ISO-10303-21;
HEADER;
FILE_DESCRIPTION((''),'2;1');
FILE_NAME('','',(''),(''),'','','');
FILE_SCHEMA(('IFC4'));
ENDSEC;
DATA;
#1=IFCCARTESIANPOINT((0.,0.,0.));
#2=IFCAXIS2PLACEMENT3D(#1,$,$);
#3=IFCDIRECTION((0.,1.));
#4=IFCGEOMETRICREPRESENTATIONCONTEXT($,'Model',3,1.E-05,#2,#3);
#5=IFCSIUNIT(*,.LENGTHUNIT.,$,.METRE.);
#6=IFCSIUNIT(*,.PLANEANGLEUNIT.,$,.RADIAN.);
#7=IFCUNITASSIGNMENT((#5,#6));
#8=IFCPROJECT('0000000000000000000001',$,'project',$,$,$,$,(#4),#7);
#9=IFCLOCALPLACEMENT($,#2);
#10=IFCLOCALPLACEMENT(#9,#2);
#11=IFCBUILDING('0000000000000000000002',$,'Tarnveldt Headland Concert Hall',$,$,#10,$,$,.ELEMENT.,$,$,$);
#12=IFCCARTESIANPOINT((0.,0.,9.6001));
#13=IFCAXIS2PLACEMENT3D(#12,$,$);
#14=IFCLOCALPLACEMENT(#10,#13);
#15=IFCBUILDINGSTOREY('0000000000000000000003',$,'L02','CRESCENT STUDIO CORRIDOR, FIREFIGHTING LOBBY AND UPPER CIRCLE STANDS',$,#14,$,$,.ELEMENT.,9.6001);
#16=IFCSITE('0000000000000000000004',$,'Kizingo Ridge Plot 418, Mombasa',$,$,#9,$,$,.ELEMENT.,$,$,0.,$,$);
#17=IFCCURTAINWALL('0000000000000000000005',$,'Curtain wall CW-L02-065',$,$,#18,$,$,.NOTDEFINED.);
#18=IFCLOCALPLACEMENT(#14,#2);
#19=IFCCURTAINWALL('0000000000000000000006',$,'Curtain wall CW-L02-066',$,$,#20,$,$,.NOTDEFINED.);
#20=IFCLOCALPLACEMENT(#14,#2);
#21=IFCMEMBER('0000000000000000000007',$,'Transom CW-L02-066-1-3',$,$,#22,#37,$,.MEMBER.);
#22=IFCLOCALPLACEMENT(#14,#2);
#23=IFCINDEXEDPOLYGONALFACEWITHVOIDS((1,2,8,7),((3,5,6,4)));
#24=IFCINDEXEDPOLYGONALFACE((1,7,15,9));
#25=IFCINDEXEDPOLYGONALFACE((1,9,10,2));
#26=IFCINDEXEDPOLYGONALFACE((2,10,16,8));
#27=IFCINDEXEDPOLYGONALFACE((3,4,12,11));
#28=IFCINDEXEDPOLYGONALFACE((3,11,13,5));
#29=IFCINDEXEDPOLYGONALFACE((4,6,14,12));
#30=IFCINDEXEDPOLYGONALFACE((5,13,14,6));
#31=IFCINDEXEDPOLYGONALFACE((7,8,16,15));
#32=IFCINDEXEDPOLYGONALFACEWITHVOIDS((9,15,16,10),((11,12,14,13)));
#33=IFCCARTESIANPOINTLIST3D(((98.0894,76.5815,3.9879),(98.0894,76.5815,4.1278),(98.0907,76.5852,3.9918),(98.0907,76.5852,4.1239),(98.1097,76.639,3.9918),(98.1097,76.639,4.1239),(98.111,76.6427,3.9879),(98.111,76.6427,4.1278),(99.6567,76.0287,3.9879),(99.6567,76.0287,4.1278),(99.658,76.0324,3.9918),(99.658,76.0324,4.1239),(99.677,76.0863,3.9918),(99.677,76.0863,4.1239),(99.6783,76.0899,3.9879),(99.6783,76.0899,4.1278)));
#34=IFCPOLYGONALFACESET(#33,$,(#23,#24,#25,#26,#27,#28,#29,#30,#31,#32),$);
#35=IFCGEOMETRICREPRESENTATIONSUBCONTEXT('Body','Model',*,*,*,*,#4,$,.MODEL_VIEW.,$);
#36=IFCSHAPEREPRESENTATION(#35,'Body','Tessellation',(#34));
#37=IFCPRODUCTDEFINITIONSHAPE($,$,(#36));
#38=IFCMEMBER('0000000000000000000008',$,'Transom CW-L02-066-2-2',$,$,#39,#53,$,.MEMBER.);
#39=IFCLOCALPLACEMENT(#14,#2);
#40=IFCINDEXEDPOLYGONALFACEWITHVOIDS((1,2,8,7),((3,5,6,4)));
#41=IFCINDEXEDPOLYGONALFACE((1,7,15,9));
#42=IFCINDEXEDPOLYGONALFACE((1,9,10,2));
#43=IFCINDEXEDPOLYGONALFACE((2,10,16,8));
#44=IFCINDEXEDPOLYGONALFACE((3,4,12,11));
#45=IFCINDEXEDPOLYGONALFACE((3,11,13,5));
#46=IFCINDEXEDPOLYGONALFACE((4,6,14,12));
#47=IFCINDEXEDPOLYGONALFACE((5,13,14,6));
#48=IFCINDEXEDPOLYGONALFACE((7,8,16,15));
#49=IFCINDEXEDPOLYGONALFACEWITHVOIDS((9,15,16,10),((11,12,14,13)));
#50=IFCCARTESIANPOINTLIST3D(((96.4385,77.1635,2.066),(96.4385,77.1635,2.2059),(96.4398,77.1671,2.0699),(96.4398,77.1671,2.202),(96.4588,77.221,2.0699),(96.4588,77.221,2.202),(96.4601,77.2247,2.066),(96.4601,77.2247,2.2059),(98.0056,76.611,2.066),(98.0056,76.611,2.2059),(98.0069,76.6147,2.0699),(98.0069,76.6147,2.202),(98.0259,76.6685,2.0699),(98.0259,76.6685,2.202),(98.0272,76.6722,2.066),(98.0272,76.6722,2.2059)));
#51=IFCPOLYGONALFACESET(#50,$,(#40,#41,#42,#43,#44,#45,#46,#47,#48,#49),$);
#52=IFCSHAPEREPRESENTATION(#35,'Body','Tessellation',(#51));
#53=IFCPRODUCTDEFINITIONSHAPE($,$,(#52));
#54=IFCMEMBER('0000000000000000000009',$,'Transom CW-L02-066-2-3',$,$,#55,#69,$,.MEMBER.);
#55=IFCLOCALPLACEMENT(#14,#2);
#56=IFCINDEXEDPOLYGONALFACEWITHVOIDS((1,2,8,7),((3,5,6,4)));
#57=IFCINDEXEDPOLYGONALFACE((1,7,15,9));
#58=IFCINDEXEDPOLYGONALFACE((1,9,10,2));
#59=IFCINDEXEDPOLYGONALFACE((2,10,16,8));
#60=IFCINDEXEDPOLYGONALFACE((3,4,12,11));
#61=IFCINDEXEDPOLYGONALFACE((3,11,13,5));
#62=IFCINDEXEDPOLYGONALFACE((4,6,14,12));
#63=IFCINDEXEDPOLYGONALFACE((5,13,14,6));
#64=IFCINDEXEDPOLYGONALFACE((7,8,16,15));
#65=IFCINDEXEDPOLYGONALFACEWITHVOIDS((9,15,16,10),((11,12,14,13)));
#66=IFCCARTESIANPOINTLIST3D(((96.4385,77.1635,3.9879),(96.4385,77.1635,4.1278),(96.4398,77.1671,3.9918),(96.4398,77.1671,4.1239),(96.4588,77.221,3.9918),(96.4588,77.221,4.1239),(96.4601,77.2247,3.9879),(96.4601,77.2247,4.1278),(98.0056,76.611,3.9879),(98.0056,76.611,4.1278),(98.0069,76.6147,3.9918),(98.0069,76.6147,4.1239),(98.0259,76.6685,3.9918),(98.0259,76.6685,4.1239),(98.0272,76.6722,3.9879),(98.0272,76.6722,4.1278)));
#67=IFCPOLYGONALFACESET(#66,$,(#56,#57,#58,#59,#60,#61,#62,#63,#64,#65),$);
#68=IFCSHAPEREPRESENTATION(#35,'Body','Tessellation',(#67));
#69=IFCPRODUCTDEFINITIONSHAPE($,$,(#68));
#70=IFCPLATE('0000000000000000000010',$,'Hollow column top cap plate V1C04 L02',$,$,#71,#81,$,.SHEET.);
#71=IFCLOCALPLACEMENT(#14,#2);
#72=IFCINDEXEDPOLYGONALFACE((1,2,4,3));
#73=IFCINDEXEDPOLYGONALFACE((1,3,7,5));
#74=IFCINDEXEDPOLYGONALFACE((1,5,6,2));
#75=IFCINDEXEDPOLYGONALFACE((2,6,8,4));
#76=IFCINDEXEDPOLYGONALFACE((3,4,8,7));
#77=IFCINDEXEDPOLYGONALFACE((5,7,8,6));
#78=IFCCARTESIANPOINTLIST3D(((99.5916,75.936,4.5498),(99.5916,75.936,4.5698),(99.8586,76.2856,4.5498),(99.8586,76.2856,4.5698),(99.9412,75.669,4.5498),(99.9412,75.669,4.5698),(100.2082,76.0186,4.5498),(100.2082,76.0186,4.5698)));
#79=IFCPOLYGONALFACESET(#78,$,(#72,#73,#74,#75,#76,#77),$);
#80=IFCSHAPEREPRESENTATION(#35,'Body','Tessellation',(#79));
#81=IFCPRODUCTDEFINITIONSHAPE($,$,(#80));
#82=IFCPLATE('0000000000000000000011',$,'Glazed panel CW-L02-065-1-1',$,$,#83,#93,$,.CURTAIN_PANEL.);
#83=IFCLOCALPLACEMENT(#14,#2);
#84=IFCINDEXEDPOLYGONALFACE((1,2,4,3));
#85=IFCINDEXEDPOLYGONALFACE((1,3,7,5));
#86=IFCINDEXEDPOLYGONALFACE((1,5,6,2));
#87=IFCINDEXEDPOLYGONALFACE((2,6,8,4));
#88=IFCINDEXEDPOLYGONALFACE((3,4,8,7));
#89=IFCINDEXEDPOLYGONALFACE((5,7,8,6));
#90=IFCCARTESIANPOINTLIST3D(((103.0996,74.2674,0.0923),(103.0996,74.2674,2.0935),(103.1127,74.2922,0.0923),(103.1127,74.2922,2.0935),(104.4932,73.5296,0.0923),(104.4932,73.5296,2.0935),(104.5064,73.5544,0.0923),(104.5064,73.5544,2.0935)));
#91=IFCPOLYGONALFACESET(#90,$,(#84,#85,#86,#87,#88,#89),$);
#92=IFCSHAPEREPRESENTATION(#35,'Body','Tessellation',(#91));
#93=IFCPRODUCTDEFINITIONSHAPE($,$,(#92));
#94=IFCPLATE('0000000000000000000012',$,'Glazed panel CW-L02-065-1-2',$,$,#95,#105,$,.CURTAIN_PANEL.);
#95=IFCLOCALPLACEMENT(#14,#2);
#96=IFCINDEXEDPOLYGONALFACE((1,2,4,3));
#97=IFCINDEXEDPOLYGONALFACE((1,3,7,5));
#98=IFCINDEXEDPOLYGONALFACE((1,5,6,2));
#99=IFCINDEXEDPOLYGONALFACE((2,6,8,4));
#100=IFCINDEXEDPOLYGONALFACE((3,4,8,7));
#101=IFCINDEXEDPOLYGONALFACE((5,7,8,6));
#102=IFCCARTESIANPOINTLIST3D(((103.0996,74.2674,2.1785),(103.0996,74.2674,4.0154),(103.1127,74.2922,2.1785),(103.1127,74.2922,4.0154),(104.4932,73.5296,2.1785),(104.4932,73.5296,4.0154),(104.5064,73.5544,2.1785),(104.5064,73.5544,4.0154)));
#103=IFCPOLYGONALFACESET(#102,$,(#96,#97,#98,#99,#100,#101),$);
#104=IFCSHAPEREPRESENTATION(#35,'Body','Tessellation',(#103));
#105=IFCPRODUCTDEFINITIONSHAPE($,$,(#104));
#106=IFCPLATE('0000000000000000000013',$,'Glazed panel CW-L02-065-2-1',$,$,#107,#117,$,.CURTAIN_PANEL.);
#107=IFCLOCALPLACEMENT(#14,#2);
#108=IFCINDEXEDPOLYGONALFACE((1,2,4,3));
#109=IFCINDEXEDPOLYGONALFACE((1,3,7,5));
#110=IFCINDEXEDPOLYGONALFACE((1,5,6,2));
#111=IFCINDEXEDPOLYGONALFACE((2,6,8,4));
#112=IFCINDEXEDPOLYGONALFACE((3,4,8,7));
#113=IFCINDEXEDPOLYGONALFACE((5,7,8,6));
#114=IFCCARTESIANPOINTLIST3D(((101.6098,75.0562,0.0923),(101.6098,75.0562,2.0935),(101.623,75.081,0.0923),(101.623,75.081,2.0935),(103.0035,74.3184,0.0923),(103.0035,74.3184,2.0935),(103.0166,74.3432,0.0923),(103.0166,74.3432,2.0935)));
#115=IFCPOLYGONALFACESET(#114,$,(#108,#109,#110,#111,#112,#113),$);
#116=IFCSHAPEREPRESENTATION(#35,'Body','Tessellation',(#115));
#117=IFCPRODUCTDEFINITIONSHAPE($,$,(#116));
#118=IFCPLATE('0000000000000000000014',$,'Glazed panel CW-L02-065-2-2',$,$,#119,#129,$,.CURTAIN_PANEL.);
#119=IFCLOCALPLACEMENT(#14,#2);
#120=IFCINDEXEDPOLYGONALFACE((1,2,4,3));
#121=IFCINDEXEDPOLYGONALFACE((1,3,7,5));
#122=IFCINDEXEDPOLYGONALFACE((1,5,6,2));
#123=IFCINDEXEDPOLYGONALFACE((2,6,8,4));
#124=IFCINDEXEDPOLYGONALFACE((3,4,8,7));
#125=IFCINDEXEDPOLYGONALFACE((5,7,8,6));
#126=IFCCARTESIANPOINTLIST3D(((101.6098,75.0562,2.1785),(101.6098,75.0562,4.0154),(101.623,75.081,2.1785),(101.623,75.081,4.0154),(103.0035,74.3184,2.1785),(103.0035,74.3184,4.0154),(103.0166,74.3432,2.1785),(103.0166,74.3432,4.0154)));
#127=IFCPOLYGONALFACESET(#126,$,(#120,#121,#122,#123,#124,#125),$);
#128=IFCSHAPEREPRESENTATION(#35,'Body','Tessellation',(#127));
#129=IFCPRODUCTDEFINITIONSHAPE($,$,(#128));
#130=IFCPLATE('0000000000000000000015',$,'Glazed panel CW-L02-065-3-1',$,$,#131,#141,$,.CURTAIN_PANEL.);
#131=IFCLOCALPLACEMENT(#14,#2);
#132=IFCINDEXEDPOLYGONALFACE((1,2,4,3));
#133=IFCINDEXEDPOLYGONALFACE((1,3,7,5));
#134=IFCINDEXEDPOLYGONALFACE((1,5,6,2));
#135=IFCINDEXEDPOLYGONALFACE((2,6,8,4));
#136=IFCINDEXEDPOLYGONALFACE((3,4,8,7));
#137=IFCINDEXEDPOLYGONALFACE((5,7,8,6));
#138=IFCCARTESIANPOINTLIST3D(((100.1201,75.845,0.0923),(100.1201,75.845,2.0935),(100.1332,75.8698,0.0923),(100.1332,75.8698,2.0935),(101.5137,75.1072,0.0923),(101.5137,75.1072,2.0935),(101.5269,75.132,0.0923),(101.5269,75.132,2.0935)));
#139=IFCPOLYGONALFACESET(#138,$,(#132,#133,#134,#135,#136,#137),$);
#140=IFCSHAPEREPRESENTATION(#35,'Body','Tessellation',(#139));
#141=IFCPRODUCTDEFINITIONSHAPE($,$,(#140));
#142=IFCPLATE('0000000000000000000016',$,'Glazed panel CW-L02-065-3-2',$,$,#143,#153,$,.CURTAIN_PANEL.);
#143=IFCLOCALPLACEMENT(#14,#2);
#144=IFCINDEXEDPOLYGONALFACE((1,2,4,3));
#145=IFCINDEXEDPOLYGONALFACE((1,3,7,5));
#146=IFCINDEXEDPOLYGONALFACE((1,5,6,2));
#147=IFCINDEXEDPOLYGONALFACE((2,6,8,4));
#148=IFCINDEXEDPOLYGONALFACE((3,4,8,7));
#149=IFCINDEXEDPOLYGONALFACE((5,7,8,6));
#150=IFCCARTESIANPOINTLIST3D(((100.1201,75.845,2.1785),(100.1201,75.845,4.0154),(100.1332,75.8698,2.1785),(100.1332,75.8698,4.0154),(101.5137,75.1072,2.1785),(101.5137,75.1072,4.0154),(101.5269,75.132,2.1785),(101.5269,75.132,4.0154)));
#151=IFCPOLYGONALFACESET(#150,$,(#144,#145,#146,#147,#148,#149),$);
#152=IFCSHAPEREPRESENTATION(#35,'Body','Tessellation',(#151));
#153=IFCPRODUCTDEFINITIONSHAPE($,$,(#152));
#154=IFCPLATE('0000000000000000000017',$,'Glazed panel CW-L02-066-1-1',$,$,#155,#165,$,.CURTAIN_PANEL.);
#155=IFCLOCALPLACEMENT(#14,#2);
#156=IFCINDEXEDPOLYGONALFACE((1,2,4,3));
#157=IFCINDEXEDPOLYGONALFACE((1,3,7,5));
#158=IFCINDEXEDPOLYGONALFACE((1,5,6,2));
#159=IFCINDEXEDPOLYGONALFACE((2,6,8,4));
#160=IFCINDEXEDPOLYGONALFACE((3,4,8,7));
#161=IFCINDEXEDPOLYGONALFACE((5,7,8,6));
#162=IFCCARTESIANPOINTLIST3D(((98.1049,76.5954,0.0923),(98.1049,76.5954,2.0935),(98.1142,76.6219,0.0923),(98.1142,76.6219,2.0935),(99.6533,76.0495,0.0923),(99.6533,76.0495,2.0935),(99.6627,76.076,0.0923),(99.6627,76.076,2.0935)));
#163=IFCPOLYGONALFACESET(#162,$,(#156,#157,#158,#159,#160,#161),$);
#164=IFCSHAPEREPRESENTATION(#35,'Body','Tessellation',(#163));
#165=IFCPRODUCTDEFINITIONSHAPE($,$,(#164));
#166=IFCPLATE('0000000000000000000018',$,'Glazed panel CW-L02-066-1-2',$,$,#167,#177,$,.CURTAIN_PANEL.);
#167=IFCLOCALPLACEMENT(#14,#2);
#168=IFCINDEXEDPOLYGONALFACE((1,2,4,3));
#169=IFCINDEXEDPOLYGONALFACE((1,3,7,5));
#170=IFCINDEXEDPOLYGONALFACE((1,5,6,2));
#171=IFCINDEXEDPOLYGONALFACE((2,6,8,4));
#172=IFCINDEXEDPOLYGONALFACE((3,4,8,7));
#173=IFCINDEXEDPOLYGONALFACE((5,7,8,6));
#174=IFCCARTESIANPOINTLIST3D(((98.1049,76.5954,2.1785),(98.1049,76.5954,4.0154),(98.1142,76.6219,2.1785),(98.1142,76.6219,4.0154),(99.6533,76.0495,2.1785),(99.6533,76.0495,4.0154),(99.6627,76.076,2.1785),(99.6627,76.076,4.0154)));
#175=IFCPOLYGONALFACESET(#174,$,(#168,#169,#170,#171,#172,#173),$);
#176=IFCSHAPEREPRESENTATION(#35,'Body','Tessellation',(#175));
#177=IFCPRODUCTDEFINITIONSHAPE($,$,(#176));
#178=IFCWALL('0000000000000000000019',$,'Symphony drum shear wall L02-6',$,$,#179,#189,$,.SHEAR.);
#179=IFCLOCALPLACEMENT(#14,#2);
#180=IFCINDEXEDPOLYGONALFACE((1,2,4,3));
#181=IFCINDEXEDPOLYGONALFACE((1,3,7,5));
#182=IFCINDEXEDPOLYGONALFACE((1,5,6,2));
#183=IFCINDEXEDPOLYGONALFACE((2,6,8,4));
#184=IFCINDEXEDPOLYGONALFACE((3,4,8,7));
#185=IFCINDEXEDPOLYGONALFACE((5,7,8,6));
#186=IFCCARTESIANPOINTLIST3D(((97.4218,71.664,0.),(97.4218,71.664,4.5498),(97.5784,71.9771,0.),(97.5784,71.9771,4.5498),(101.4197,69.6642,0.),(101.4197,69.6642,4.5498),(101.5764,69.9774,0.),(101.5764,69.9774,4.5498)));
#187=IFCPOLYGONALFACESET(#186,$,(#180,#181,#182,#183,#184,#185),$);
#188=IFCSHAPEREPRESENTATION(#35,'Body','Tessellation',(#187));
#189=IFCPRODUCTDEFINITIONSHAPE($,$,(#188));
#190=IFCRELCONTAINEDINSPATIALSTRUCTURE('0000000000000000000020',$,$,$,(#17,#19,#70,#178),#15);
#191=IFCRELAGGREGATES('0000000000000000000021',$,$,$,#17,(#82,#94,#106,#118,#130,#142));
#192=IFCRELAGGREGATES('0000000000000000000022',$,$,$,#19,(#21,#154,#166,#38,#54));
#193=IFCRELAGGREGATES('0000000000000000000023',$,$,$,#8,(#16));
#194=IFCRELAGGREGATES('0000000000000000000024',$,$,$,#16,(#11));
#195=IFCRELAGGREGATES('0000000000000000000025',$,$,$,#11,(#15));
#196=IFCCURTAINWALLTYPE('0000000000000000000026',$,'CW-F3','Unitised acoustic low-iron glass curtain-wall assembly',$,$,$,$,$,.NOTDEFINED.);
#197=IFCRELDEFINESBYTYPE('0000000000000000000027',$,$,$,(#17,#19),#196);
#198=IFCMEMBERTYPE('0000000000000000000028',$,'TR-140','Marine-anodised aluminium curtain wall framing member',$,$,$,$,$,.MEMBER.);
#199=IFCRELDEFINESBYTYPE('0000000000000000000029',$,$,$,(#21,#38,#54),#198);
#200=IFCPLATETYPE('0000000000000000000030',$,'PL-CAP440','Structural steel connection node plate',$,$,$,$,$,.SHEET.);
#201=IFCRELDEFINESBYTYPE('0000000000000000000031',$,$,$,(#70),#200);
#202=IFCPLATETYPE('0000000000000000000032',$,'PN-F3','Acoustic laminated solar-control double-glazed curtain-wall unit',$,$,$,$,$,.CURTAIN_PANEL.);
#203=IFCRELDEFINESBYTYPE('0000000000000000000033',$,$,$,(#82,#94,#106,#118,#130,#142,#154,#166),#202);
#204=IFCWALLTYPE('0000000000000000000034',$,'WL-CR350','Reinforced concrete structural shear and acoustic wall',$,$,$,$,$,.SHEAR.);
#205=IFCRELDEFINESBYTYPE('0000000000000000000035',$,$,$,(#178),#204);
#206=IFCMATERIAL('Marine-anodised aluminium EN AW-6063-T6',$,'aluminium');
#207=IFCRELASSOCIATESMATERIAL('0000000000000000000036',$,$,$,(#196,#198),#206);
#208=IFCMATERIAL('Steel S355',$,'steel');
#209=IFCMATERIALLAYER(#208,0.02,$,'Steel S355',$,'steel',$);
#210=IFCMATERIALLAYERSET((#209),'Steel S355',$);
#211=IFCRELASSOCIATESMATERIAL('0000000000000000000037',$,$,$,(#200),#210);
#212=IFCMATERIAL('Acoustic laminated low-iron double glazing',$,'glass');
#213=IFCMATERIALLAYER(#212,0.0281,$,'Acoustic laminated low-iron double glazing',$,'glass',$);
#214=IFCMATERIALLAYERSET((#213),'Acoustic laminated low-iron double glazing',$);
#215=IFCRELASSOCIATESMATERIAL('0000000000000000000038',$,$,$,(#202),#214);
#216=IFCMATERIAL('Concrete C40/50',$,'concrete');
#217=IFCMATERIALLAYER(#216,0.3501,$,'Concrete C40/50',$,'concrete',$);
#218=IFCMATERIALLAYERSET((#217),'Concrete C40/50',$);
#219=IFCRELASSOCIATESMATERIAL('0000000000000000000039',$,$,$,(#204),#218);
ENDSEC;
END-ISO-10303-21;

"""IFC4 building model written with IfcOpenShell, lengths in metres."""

from ifc_helpers import new_model, si_unit, direction, frame, frame_2d, origin, origin_2d, place, context, subcontext, project, spatial, rectangle, hollow_rectangle, extrude, material, layer, layer_set, material_profile, profile_set, type_object, element, aggregate, save


model = new_model("IFC4")

# Units and contexts
model_context = context("Model", 3, precision=1e-05, world=origin(), true_north=direction((0.0, 1.0)))
body_context = subcontext(model_context, "Body", "Model", "MODEL_VIEW")
ifc_project = project(units=[si_unit("LENGTHUNIT", "METRE"), si_unit("PLANEANGLEUNIT", "RADIAN")], contexts=[model_context])

# Site, building, storey
site_placement = place(None, origin())
site = spatial("IfcSite", under=ifc_project, at=site_placement, Name="Kizingo Ridge Plot 418, Mombasa", CompositionType="ELEMENT", RefElevation=0.0)
building_placement = place(site_placement, origin())
building = spatial("IfcBuilding", under=site, at=building_placement, Name="Tarnveldt Headland Concert Hall", CompositionType="ELEMENT")
storey_placement = place(building_placement, frame((0.0, 0.0, 9.6001)))
storey = spatial("IfcBuildingStorey", under=building, at=storey_placement, Name="L02", Description="CRESCENT STUDIO CORRIDOR, FIREFIGHTING LOBBY AND UPPER CIRCLE STANDS", CompositionType="ELEMENT", Elevation=9.6001)

# Shared definitions
ifc_material_1 = material(Name="Steel S355", Category="steel")

# Curtain walls
ifc_material_2 = material(Name="Marine-anodised aluminium EN AW-6063-T6", Category="aluminium")
curtain_wall_type = type_object("IfcCurtainWallType", Name="CW-F3", Description="Unitised acoustic low-iron glass curtain-wall assembly", PredefinedType="NOTDEFINED", material=ifc_material_2)
curtain_wall_1_placement = place(storey_placement, origin())
curtain_wall_1 = element("IfcCurtainWall", 1, at=curtain_wall_1_placement, inside=storey, type_object=curtain_wall_type, Name="Curtain wall CW-L02-065", PredefinedType="NOTDEFINED")
curtain_wall_2_placement = place(storey_placement, origin())
curtain_wall_2 = element("IfcCurtainWall", 2, at=curtain_wall_2_placement, inside=storey, type_object=curtain_wall_type, Name="Curtain wall CW-L02-066", PredefinedType="NOTDEFINED")

# Members
ifc_material_profile_1 = material_profile(ifc_material_2, hollow_rectangle(XDim=0.0649, YDim=0.1399, WallThickness=0.0039, at=origin_2d()), Name="ALU TRANSOM 65x140x4", Category="aluminium")
ifc_profile_set_1 = profile_set([ifc_material_profile_1], Name="Marine-anodised aluminium EN AW-6063-T6")
member_type_1 = type_object("IfcMemberType", Name="TR-140", Description="Marine-anodised aluminium curtain wall framing member", PredefinedType="MEMBER", material=ifc_profile_set_1)
member_1_placement = place(storey_placement, frame((99.6675, 76.0593, 4.0579), z_axis=(-0.943061, 0.33262, 0.0), x_axis=(-0.33262, -0.943061, 0.0)))
member_1 = element("IfcMember", 3, at=member_1_placement, type_object=member_type_1, Name="Transom CW-L02-066-1-3", PredefinedType="MEMBER", context=body_context, shape_type="SweptSolid", body=[
    extrude(hollow_rectangle(XDim=0.0649, YDim=0.1399, WallThickness=0.0039, at=origin_2d()), origin(), (0.0, 0.0, 1.0), 1.6619),
])
member_2_placement = place(storey_placement, frame((98.0164, 76.6416, 2.136), z_axis=(-0.943107, 0.33249, 0.0), x_axis=(-0.33249, -0.943107, 0.0)))
member_2 = element("IfcMember", 4, at=member_2_placement, type_object=member_type_1, Name="Transom CW-L02-066-2-2", PredefinedType="MEMBER", context=body_context, shape_type="SweptSolid", body=[
    extrude(hollow_rectangle(XDim=0.0649, YDim=0.1399, WallThickness=0.0039, at=origin_2d()), origin(), (0.0, 0.0, 1.0), 1.6616),
])
member_3_placement = place(storey_placement, frame((98.0164, 76.6416, 4.0579), z_axis=(-0.943107, 0.33249, 0.0), x_axis=(-0.33249, -0.943107, 0.0)))
member_3 = element("IfcMember", 5, at=member_3_placement, type_object=member_type_1, Name="Transom CW-L02-066-2-3", PredefinedType="MEMBER", context=body_context, shape_type="SweptSolid", body=[
    extrude(hollow_rectangle(XDim=0.0649, YDim=0.1399, WallThickness=0.0039, at=origin_2d()), origin(), (0.0, 0.0, 1.0), 1.6616),
])

# Plates
ifc_layer_1 = layer(ifc_material_1, 0.02, Name="Steel S355", Category="steel")
ifc_layer_set_1 = layer_set([ifc_layer_1], Name="Steel S355")
plate_type_1 = type_object("IfcPlateType", Name="PL-CAP440", Description="Structural steel connection node plate", PredefinedType="SHEET", material=ifc_layer_set_1)
plate_1_placement = place(storey_placement, frame((99.8999, 75.9773, 4.5498), z_axis=(0.0, 0.0, 1.0), x_axis=(0.60696, 0.794733, 0.0)))
element("IfcPlate", 6, at=plate_1_placement, inside=storey, type_object=plate_type_1, Name="Hollow column top cap plate V1C04 L02", PredefinedType="SHEET", context=body_context, shape_type="SweptSolid", body=[
    extrude(rectangle(XDim=0.4399, YDim=0.4399, at=origin_2d()), origin(), (0.0, 0.0, 1.0), 0.02),
])
ifc_material_3 = material(Name="Acoustic laminated low-iron double glazing", Category="glass")
ifc_layer_2 = layer(ifc_material_3, 0.0281, Name="Acoustic laminated low-iron double glazing", Category="glass")
ifc_layer_set_2 = layer_set([ifc_layer_2], Name="Acoustic laminated low-iron double glazing")
plate_type_2 = type_object("IfcPlateType", Name="PN-F3", Description="Acoustic laminated solar-control double-glazed curtain-wall unit", PredefinedType="CURTAIN_PANEL", material=ifc_layer_set_2)
plate_2_placement = place(storey_placement, frame((103.803, 73.9109, 0.0923), z_axis=(0.0, 0.0, 1.0), x_axis=(-0.883782, 0.467899, 0.0)))
plate_2 = element("IfcPlate", 7, at=plate_2_placement, type_object=plate_type_2, Name="Glazed panel CW-L02-065-1-1", PredefinedType="CURTAIN_PANEL", context=body_context, shape_type="SweptSolid", body=[
    extrude(rectangle(XDim=1.5769, YDim=0.0281, at=origin_2d()), origin(), (0.0, 0.0, 1.0), 2.0012),
])
plate_3_placement = place(storey_placement, frame((103.803, 73.9109, 2.1785), z_axis=(0.0, 0.0, 1.0), x_axis=(-0.883782, 0.467899, 0.0)))
plate_3 = element("IfcPlate", 8, at=plate_3_placement, type_object=plate_type_2, Name="Glazed panel CW-L02-065-1-2", PredefinedType="CURTAIN_PANEL", context=body_context, shape_type="SweptSolid", body=[
    extrude(rectangle(XDim=1.5769, YDim=0.0281, at=origin_2d()), origin(), (0.0, 0.0, 1.0), 1.8369),
])
plate_4_placement = place(storey_placement, frame((102.3132, 74.6997, 0.0923), z_axis=(0.0, 0.0, 1.0), x_axis=(-0.883782, 0.467899, 0.0)))
plate_4 = element("IfcPlate", 9, at=plate_4_placement, type_object=plate_type_2, Name="Glazed panel CW-L02-065-2-1", PredefinedType="CURTAIN_PANEL", context=body_context, shape_type="SweptSolid", body=[
    extrude(rectangle(XDim=1.5769, YDim=0.0281, at=origin_2d()), origin(), (0.0, 0.0, 1.0), 2.0012),
])
plate_5_placement = place(storey_placement, frame((102.3132, 74.6997, 2.1785), z_axis=(0.0, 0.0, 1.0), x_axis=(-0.883782, 0.467899, 0.0)))
plate_5 = element("IfcPlate", 10, at=plate_5_placement, type_object=plate_type_2, Name="Glazed panel CW-L02-065-2-2", PredefinedType="CURTAIN_PANEL", context=body_context, shape_type="SweptSolid", body=[
    extrude(rectangle(XDim=1.5769, YDim=0.0281, at=origin_2d()), origin(), (0.0, 0.0, 1.0), 1.8369),
])
plate_6_placement = place(storey_placement, frame((100.8235, 75.4885, 0.0923), z_axis=(0.0, 0.0, 1.0), x_axis=(-0.883782, 0.467899, 0.0)))
plate_6 = element("IfcPlate", 11, at=plate_6_placement, type_object=plate_type_2, Name="Glazed panel CW-L02-065-3-1", PredefinedType="CURTAIN_PANEL", context=body_context, shape_type="SweptSolid", body=[
    extrude(rectangle(XDim=1.5769, YDim=0.0281, at=origin_2d()), origin(), (0.0, 0.0, 1.0), 2.0012),
])
plate_7_placement = place(storey_placement, frame((100.8235, 75.4885, 2.1785), z_axis=(0.0, 0.0, 1.0), x_axis=(-0.883782, 0.467899, 0.0)))
plate_7 = element("IfcPlate", 12, at=plate_7_placement, type_object=plate_type_2, Name="Glazed panel CW-L02-065-3-2", PredefinedType="CURTAIN_PANEL", context=body_context, shape_type="SweptSolid", body=[
    extrude(rectangle(XDim=1.5769, YDim=0.0281, at=origin_2d()), origin(), (0.0, 0.0, 1.0), 1.8369),
])
aggregate(curtain_wall_1, [plate_2, plate_3, plate_4, plate_5, plate_6, plate_7])
plate_8_placement = place(storey_placement, frame((98.8838, 76.3357, 0.0923), z_axis=(0.0, 0.0, 1.0), x_axis=(-0.943095, 0.332523, 0.0)))
plate_8 = element("IfcPlate", 13, at=plate_8_placement, type_object=plate_type_2, Name="Glazed panel CW-L02-066-1-1", PredefinedType="CURTAIN_PANEL", context=body_context, shape_type="SweptSolid", body=[
    extrude(rectangle(XDim=1.6418, YDim=0.0281, at=origin_2d()), origin(), (0.0, 0.0, 1.0), 2.0012),
])
plate_9_placement = place(storey_placement, frame((98.8838, 76.3357, 2.1785), z_axis=(0.0, 0.0, 1.0), x_axis=(-0.943095, 0.332523, 0.0)))
plate_9 = element("IfcPlate", 14, at=plate_9_placement, type_object=plate_type_2, Name="Glazed panel CW-L02-066-1-2", PredefinedType="CURTAIN_PANEL", context=body_context, shape_type="SweptSolid", body=[
    extrude(rectangle(XDim=1.6418, YDim=0.0281, at=origin_2d()), origin(), (0.0, 0.0, 1.0), 1.8369),
])
aggregate(curtain_wall_2, [member_1, plate_8, plate_9, member_2, member_3])

# Wall
ifc_material_4 = material(Name="Concrete C40/50", Category="concrete")
ifc_layer_3 = layer(ifc_material_4, 0.3501, Name="Concrete C40/50", Category="concrete")
ifc_layer_set_3 = layer_set([ifc_layer_3], Name="Concrete C40/50")
wall_type = type_object("IfcWallType", Name="WL-CR350", Description="Reinforced concrete structural shear and acoustic wall", PredefinedType="SHEAR", material=ifc_layer_set_3)
wall_placement = place(storey_placement, frame((101.498, 69.8208, 0.0), z_axis=(0.0, 0.0, 1.0), x_axis=(-0.894362, 0.447345, 0.0)))
element("IfcWall", 15, at=wall_placement, inside=storey, type_object=wall_type, Name="Symphony drum shear wall L02-6", PredefinedType="SHEAR", context=body_context, shape_type="SweptSolid", body=[
    extrude(rectangle(XDim=4.4702, YDim=0.3501, at=frame_2d((2.2351, 0.0))), origin(), (0.0, 0.0, 1.0), 4.5498),
])

save(model, "model.ifc")
